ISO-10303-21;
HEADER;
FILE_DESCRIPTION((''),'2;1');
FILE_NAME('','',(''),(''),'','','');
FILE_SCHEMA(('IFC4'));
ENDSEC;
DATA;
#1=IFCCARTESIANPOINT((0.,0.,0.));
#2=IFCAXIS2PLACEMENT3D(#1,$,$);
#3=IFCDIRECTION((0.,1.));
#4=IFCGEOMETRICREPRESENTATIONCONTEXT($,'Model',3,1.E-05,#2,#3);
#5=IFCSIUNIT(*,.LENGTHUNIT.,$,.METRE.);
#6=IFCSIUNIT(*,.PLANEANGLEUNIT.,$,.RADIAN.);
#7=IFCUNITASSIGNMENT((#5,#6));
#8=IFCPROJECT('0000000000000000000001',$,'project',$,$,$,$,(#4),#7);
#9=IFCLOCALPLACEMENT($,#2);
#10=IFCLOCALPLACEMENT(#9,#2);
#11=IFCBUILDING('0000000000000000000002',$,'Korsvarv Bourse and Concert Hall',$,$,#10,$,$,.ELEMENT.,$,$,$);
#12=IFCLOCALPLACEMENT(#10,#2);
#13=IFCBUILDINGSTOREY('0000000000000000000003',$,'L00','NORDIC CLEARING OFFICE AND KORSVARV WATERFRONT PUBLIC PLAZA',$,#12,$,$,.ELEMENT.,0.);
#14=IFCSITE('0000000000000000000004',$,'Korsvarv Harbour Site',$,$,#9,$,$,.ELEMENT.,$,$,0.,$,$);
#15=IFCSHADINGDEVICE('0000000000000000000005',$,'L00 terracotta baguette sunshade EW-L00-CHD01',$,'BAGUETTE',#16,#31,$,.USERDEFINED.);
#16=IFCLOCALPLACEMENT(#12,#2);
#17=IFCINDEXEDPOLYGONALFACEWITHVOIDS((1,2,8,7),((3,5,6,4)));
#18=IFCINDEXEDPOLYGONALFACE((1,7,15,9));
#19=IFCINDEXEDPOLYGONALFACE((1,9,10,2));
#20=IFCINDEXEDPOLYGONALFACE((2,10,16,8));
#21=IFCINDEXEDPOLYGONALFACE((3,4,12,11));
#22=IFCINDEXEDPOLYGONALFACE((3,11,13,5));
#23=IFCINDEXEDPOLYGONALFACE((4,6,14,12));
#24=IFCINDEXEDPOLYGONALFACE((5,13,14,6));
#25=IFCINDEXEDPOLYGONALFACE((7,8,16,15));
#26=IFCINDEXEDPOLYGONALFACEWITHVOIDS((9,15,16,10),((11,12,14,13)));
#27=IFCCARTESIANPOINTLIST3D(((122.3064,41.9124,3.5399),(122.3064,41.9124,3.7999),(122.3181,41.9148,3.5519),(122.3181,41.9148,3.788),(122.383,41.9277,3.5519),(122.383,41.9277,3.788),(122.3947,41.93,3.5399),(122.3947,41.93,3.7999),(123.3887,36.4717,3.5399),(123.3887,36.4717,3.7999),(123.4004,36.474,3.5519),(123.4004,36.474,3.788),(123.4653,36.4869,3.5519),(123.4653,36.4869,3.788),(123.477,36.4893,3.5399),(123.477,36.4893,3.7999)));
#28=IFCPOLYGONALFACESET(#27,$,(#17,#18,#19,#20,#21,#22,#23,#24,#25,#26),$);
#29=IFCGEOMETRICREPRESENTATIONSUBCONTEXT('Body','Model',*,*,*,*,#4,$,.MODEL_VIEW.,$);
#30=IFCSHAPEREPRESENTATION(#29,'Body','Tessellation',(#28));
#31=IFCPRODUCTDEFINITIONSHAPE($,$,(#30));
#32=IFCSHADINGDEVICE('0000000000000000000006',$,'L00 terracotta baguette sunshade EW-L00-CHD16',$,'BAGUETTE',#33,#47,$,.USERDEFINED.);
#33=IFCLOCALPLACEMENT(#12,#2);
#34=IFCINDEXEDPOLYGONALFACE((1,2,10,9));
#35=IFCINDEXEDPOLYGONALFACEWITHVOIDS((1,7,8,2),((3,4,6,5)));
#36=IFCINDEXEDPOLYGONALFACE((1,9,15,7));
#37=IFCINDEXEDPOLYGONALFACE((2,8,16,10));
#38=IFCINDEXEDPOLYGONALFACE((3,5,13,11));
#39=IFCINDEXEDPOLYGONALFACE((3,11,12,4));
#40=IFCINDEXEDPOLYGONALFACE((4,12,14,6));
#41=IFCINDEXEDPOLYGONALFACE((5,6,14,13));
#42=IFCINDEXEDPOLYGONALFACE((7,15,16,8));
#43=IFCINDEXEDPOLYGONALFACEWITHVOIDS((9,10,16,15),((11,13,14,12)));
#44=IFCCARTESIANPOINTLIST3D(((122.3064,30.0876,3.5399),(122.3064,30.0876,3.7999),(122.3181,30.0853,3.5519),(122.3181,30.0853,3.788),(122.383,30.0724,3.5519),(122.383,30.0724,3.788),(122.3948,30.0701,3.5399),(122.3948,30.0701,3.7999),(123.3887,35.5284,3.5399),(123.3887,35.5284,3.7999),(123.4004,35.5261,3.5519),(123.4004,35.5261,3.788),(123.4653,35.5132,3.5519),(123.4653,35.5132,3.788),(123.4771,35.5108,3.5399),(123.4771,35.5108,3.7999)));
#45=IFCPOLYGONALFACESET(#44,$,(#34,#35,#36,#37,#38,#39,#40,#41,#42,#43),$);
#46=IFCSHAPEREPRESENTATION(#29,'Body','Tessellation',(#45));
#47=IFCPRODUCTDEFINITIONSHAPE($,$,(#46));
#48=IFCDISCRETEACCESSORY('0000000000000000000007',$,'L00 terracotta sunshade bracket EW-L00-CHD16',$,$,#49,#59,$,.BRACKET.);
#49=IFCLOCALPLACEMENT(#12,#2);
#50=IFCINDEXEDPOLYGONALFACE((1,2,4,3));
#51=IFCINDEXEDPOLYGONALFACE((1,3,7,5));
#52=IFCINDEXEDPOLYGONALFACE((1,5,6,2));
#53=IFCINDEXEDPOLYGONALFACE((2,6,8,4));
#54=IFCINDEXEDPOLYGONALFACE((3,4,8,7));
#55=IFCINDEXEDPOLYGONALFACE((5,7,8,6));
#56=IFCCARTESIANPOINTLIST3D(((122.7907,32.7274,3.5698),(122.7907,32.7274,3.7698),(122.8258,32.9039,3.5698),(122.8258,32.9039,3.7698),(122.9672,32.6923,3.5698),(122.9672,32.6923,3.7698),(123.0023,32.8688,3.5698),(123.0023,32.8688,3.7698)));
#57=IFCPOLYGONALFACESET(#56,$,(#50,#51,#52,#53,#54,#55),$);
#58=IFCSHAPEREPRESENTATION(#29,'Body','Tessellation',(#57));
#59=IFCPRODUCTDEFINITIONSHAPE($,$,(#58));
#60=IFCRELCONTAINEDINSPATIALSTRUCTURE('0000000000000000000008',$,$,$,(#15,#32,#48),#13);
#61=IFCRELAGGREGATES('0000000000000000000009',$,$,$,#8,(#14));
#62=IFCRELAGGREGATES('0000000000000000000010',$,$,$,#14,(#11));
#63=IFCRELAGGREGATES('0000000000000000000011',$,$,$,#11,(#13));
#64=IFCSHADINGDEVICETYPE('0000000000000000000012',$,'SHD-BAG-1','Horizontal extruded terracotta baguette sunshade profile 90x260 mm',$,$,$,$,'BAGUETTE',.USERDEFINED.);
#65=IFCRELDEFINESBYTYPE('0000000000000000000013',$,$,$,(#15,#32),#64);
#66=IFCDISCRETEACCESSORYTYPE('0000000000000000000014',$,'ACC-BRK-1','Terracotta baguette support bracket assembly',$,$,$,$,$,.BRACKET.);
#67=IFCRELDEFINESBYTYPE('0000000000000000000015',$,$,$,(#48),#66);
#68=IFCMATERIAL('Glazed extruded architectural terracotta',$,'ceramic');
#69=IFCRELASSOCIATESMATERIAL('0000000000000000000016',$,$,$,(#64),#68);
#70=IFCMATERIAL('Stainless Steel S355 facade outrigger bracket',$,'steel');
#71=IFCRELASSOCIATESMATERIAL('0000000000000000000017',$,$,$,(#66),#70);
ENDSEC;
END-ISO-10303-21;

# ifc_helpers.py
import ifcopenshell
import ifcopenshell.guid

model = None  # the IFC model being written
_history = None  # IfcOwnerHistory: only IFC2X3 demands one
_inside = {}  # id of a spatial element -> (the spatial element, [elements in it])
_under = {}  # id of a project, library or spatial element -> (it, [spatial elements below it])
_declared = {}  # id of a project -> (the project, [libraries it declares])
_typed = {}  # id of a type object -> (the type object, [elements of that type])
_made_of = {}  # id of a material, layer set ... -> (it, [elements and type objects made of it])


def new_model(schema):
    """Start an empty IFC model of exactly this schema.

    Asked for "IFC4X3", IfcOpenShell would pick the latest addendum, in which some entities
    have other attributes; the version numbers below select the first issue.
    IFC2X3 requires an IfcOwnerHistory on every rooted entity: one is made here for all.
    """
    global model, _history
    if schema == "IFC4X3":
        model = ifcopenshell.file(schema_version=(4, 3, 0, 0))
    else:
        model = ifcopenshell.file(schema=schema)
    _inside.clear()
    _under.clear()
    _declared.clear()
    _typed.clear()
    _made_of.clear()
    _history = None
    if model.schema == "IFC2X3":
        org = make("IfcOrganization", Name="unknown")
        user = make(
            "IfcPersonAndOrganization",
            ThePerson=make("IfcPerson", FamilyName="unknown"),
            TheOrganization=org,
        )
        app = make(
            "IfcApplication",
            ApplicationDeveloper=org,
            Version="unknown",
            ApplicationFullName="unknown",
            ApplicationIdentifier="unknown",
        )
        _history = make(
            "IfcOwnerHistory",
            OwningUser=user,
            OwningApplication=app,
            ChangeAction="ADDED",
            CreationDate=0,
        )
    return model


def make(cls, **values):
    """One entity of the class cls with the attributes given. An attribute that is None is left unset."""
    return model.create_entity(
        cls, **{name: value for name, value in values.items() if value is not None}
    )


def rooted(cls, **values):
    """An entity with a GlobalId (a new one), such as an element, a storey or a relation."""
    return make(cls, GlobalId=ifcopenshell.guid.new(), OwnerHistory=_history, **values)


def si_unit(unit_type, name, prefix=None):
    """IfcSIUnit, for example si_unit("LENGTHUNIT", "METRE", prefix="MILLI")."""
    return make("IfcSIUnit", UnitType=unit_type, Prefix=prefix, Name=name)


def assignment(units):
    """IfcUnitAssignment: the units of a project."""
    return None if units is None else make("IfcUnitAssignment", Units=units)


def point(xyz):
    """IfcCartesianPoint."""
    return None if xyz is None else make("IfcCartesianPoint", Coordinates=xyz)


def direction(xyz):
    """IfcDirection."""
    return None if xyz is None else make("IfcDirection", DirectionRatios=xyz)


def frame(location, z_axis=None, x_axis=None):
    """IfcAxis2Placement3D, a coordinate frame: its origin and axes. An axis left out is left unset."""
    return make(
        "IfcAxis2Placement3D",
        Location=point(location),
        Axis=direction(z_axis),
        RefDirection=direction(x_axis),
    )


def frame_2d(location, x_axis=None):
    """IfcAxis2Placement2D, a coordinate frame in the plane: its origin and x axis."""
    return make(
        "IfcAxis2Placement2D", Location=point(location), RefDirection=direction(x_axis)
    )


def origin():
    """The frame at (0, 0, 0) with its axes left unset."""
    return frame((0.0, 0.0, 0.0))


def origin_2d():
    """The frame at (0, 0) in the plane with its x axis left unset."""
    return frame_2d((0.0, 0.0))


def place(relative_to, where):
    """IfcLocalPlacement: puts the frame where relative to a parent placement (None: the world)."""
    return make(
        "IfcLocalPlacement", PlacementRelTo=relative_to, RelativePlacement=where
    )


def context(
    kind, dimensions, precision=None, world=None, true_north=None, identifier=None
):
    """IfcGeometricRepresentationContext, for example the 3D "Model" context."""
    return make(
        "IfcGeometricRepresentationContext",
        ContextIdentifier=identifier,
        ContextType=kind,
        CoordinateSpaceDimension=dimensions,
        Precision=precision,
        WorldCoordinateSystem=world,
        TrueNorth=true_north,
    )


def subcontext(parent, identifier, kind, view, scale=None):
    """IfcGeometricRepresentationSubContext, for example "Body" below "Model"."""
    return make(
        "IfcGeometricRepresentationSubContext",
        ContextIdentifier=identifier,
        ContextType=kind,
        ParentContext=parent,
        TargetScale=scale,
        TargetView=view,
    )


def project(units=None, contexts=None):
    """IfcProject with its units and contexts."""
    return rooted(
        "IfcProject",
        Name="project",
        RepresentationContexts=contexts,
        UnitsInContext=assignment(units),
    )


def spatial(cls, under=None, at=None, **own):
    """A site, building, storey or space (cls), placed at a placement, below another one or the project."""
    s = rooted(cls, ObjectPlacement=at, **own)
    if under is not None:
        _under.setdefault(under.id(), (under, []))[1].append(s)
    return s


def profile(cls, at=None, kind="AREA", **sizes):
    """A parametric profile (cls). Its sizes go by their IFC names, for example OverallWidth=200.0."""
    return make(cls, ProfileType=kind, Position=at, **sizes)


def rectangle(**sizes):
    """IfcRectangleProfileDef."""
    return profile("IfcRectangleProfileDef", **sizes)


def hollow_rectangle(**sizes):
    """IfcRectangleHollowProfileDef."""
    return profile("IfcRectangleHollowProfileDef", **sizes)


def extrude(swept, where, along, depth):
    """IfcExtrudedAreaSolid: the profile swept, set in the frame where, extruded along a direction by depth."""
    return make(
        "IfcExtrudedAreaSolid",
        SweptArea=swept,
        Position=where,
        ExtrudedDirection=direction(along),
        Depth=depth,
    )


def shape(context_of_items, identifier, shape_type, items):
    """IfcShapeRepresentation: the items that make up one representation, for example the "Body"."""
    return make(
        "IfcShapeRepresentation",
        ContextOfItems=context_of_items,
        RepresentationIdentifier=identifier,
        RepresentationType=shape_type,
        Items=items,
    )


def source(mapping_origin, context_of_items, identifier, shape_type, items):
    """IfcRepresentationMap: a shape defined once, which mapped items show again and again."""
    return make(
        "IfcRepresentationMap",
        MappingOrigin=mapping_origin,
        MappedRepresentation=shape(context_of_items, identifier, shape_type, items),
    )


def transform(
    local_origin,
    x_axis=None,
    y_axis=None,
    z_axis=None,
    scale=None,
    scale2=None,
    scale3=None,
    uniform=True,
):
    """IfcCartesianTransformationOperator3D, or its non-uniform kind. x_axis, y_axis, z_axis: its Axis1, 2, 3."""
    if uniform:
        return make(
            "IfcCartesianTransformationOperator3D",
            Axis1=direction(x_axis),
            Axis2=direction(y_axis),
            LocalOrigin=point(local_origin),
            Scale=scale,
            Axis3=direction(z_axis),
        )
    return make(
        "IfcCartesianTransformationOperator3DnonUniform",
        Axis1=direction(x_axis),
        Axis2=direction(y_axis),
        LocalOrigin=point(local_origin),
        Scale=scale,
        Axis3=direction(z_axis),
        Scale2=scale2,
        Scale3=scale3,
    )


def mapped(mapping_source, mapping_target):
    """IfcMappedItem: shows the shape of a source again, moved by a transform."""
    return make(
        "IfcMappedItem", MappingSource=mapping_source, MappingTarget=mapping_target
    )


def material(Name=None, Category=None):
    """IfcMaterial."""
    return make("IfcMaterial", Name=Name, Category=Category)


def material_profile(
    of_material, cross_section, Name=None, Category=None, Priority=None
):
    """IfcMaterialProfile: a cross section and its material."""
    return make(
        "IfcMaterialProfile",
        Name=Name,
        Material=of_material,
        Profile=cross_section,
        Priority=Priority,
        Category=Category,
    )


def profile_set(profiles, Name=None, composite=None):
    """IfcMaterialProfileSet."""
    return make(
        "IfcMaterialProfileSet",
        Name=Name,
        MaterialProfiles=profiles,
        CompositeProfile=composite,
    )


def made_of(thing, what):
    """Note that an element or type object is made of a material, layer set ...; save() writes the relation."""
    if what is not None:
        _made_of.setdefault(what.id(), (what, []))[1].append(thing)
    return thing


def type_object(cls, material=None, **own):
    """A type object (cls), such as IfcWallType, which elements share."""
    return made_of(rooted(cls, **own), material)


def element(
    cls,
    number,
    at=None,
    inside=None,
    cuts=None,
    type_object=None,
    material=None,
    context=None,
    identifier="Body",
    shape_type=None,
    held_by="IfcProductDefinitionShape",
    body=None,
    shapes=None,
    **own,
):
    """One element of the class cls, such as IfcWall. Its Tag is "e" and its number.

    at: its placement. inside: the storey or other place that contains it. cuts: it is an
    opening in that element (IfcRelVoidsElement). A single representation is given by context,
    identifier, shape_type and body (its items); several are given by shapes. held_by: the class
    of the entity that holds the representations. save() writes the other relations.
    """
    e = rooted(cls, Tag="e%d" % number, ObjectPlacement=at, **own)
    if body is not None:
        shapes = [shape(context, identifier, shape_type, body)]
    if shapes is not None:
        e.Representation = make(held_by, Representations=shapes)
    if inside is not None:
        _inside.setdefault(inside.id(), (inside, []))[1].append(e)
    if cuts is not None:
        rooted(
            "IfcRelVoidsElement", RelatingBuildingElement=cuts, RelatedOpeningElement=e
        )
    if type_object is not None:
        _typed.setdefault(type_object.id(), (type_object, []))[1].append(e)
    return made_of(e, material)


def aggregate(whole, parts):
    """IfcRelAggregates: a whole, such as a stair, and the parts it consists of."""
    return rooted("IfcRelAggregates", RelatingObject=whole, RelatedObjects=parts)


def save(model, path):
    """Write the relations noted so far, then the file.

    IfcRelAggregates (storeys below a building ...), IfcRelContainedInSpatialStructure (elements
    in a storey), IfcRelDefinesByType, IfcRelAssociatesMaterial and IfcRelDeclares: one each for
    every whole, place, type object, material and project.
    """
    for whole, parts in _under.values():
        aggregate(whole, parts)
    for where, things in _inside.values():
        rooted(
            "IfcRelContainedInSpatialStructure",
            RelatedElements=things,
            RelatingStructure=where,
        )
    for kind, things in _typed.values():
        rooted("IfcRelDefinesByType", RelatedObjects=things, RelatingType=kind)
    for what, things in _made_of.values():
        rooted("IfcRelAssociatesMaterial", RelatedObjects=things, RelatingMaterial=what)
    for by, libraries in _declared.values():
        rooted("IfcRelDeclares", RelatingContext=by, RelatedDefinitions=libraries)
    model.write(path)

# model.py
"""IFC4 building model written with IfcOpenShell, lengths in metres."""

from ifc_helpers import new_model, si_unit, direction, frame, origin, origin_2d, place, context, subcontext, project, spatial, rectangle, hollow_rectangle, extrude, source, transform, mapped, material, material_profile, profile_set, type_object, element, save


model = new_model("IFC4")

# Units and contexts
model_context = context("Model", 3, precision=1e-05, world=origin(), true_north=direction((0.0, 1.0)))
body_context = subcontext(model_context, "Body", "Model", "MODEL_VIEW")
ifc_project = project(units=[si_unit("LENGTHUNIT", "METRE"), si_unit("PLANEANGLEUNIT", "RADIAN")], contexts=[model_context])

# Site, building, storey
site_placement = place(None, origin())
site = spatial("IfcSite", under=ifc_project, at=site_placement, Name="Korsvarv Harbour Site", CompositionType="ELEMENT", RefElevation=0.0)
building_placement = place(site_placement, origin())
building = spatial("IfcBuilding", under=site, at=building_placement, Name="Korsvarv Bourse and Concert Hall", CompositionType="ELEMENT")
storey_placement = place(building_placement, origin())
storey = spatial("IfcBuildingStorey", under=building, at=storey_placement, Name="L00", Description="NORDIC CLEARING OFFICE AND KORSVARV WATERFRONT PUBLIC PLAZA", CompositionType="ELEMENT", Elevation=0.0)

# Shading devices
ifc_material_1 = material(Name="Glazed extruded architectural terracotta", Category="ceramic")
ifc_material_profile_1 = material_profile(ifc_material_1, hollow_rectangle(XDim=0.0901, YDim=0.26, WallThickness=0.012, at=origin_2d()), Name="TC-BAG 90x260")
ifc_profile_set_1 = profile_set([ifc_material_profile_1], Name="Glazed extruded architectural terracotta")
shading_device_type = type_object("IfcShadingDeviceType", Name="SHD-BAG-1", Description="Horizontal extruded terracotta baguette sunshade profile 90x260 mm", ElementType="BAGUETTE", PredefinedType="USERDEFINED", material=ifc_profile_set_1)
shared_shape_1 = source(origin(), body_context, "Body", "SweptSolid", [
    extrude(hollow_rectangle(XDim=0.0901, YDim=0.26, WallThickness=0.012, at=origin_2d()), origin(), (0.0, 0.0, 1.0), 5.5474),
])
for number, where, z_axis, x_axis, name in (
    (1, (123.4329, 36.4805, 3.6699), (-0.1951, 0.980783, 0.0), (-0.980783, -0.1951, 0.0), "L00 terracotta baguette sunshade EW-L00-CHD01"),
    (2, (122.3506, 30.0789, 3.6699), (0.1951, 0.980783, 0.0), (-0.980783, 0.1951, 0.0), "L00 terracotta baguette sunshade EW-L00-CHD16"),
):
    element("IfcShadingDevice", number, at=place(storey_placement, frame(where, z_axis=z_axis, x_axis=x_axis)), inside=storey, type_object=shading_device_type, Name=name, ObjectType="BAGUETTE", PredefinedType="USERDEFINED", context=body_context, shape_type="MappedRepresentation", body=[
        mapped(shared_shape_1, transform((0.0, 0.0, 0.0), scale=1.0)),
    ])

# Discrete accessory
ifc_material_2 = material(Name="Stainless Steel S355 facade outrigger bracket", Category="steel")
discrete_accessory_type = type_object("IfcDiscreteAccessoryType", Name="ACC-BRK-1", Description="Terracotta baguette support bracket assembly", PredefinedType="BRACKET", material=ifc_material_2)
shared_shape_2 = source(origin(), body_context, "Body", "SweptSolid", [
    extrude(rectangle(XDim=0.1799, YDim=0.1799, at=origin_2d()), origin(), (0.0, 0.0, 1.0), 0.2),
])
discrete_accessory_placement = place(storey_placement, frame((122.8965, 32.7981, 3.5698), z_axis=(0.0, 0.0, 1.0), x_axis=(0.19509, 0.980785, 0.0)))
element("IfcDiscreteAccessory", 3, at=discrete_accessory_placement, inside=storey, type_object=discrete_accessory_type, Name="L00 terracotta sunshade bracket EW-L00-CHD16", PredefinedType="BRACKET", context=body_context, shape_type="MappedRepresentation", body=[
    mapped(shared_shape_2, transform((0.0, 0.0, 0.0), scale=1.0)),
])

save(model, "model.ifc")
